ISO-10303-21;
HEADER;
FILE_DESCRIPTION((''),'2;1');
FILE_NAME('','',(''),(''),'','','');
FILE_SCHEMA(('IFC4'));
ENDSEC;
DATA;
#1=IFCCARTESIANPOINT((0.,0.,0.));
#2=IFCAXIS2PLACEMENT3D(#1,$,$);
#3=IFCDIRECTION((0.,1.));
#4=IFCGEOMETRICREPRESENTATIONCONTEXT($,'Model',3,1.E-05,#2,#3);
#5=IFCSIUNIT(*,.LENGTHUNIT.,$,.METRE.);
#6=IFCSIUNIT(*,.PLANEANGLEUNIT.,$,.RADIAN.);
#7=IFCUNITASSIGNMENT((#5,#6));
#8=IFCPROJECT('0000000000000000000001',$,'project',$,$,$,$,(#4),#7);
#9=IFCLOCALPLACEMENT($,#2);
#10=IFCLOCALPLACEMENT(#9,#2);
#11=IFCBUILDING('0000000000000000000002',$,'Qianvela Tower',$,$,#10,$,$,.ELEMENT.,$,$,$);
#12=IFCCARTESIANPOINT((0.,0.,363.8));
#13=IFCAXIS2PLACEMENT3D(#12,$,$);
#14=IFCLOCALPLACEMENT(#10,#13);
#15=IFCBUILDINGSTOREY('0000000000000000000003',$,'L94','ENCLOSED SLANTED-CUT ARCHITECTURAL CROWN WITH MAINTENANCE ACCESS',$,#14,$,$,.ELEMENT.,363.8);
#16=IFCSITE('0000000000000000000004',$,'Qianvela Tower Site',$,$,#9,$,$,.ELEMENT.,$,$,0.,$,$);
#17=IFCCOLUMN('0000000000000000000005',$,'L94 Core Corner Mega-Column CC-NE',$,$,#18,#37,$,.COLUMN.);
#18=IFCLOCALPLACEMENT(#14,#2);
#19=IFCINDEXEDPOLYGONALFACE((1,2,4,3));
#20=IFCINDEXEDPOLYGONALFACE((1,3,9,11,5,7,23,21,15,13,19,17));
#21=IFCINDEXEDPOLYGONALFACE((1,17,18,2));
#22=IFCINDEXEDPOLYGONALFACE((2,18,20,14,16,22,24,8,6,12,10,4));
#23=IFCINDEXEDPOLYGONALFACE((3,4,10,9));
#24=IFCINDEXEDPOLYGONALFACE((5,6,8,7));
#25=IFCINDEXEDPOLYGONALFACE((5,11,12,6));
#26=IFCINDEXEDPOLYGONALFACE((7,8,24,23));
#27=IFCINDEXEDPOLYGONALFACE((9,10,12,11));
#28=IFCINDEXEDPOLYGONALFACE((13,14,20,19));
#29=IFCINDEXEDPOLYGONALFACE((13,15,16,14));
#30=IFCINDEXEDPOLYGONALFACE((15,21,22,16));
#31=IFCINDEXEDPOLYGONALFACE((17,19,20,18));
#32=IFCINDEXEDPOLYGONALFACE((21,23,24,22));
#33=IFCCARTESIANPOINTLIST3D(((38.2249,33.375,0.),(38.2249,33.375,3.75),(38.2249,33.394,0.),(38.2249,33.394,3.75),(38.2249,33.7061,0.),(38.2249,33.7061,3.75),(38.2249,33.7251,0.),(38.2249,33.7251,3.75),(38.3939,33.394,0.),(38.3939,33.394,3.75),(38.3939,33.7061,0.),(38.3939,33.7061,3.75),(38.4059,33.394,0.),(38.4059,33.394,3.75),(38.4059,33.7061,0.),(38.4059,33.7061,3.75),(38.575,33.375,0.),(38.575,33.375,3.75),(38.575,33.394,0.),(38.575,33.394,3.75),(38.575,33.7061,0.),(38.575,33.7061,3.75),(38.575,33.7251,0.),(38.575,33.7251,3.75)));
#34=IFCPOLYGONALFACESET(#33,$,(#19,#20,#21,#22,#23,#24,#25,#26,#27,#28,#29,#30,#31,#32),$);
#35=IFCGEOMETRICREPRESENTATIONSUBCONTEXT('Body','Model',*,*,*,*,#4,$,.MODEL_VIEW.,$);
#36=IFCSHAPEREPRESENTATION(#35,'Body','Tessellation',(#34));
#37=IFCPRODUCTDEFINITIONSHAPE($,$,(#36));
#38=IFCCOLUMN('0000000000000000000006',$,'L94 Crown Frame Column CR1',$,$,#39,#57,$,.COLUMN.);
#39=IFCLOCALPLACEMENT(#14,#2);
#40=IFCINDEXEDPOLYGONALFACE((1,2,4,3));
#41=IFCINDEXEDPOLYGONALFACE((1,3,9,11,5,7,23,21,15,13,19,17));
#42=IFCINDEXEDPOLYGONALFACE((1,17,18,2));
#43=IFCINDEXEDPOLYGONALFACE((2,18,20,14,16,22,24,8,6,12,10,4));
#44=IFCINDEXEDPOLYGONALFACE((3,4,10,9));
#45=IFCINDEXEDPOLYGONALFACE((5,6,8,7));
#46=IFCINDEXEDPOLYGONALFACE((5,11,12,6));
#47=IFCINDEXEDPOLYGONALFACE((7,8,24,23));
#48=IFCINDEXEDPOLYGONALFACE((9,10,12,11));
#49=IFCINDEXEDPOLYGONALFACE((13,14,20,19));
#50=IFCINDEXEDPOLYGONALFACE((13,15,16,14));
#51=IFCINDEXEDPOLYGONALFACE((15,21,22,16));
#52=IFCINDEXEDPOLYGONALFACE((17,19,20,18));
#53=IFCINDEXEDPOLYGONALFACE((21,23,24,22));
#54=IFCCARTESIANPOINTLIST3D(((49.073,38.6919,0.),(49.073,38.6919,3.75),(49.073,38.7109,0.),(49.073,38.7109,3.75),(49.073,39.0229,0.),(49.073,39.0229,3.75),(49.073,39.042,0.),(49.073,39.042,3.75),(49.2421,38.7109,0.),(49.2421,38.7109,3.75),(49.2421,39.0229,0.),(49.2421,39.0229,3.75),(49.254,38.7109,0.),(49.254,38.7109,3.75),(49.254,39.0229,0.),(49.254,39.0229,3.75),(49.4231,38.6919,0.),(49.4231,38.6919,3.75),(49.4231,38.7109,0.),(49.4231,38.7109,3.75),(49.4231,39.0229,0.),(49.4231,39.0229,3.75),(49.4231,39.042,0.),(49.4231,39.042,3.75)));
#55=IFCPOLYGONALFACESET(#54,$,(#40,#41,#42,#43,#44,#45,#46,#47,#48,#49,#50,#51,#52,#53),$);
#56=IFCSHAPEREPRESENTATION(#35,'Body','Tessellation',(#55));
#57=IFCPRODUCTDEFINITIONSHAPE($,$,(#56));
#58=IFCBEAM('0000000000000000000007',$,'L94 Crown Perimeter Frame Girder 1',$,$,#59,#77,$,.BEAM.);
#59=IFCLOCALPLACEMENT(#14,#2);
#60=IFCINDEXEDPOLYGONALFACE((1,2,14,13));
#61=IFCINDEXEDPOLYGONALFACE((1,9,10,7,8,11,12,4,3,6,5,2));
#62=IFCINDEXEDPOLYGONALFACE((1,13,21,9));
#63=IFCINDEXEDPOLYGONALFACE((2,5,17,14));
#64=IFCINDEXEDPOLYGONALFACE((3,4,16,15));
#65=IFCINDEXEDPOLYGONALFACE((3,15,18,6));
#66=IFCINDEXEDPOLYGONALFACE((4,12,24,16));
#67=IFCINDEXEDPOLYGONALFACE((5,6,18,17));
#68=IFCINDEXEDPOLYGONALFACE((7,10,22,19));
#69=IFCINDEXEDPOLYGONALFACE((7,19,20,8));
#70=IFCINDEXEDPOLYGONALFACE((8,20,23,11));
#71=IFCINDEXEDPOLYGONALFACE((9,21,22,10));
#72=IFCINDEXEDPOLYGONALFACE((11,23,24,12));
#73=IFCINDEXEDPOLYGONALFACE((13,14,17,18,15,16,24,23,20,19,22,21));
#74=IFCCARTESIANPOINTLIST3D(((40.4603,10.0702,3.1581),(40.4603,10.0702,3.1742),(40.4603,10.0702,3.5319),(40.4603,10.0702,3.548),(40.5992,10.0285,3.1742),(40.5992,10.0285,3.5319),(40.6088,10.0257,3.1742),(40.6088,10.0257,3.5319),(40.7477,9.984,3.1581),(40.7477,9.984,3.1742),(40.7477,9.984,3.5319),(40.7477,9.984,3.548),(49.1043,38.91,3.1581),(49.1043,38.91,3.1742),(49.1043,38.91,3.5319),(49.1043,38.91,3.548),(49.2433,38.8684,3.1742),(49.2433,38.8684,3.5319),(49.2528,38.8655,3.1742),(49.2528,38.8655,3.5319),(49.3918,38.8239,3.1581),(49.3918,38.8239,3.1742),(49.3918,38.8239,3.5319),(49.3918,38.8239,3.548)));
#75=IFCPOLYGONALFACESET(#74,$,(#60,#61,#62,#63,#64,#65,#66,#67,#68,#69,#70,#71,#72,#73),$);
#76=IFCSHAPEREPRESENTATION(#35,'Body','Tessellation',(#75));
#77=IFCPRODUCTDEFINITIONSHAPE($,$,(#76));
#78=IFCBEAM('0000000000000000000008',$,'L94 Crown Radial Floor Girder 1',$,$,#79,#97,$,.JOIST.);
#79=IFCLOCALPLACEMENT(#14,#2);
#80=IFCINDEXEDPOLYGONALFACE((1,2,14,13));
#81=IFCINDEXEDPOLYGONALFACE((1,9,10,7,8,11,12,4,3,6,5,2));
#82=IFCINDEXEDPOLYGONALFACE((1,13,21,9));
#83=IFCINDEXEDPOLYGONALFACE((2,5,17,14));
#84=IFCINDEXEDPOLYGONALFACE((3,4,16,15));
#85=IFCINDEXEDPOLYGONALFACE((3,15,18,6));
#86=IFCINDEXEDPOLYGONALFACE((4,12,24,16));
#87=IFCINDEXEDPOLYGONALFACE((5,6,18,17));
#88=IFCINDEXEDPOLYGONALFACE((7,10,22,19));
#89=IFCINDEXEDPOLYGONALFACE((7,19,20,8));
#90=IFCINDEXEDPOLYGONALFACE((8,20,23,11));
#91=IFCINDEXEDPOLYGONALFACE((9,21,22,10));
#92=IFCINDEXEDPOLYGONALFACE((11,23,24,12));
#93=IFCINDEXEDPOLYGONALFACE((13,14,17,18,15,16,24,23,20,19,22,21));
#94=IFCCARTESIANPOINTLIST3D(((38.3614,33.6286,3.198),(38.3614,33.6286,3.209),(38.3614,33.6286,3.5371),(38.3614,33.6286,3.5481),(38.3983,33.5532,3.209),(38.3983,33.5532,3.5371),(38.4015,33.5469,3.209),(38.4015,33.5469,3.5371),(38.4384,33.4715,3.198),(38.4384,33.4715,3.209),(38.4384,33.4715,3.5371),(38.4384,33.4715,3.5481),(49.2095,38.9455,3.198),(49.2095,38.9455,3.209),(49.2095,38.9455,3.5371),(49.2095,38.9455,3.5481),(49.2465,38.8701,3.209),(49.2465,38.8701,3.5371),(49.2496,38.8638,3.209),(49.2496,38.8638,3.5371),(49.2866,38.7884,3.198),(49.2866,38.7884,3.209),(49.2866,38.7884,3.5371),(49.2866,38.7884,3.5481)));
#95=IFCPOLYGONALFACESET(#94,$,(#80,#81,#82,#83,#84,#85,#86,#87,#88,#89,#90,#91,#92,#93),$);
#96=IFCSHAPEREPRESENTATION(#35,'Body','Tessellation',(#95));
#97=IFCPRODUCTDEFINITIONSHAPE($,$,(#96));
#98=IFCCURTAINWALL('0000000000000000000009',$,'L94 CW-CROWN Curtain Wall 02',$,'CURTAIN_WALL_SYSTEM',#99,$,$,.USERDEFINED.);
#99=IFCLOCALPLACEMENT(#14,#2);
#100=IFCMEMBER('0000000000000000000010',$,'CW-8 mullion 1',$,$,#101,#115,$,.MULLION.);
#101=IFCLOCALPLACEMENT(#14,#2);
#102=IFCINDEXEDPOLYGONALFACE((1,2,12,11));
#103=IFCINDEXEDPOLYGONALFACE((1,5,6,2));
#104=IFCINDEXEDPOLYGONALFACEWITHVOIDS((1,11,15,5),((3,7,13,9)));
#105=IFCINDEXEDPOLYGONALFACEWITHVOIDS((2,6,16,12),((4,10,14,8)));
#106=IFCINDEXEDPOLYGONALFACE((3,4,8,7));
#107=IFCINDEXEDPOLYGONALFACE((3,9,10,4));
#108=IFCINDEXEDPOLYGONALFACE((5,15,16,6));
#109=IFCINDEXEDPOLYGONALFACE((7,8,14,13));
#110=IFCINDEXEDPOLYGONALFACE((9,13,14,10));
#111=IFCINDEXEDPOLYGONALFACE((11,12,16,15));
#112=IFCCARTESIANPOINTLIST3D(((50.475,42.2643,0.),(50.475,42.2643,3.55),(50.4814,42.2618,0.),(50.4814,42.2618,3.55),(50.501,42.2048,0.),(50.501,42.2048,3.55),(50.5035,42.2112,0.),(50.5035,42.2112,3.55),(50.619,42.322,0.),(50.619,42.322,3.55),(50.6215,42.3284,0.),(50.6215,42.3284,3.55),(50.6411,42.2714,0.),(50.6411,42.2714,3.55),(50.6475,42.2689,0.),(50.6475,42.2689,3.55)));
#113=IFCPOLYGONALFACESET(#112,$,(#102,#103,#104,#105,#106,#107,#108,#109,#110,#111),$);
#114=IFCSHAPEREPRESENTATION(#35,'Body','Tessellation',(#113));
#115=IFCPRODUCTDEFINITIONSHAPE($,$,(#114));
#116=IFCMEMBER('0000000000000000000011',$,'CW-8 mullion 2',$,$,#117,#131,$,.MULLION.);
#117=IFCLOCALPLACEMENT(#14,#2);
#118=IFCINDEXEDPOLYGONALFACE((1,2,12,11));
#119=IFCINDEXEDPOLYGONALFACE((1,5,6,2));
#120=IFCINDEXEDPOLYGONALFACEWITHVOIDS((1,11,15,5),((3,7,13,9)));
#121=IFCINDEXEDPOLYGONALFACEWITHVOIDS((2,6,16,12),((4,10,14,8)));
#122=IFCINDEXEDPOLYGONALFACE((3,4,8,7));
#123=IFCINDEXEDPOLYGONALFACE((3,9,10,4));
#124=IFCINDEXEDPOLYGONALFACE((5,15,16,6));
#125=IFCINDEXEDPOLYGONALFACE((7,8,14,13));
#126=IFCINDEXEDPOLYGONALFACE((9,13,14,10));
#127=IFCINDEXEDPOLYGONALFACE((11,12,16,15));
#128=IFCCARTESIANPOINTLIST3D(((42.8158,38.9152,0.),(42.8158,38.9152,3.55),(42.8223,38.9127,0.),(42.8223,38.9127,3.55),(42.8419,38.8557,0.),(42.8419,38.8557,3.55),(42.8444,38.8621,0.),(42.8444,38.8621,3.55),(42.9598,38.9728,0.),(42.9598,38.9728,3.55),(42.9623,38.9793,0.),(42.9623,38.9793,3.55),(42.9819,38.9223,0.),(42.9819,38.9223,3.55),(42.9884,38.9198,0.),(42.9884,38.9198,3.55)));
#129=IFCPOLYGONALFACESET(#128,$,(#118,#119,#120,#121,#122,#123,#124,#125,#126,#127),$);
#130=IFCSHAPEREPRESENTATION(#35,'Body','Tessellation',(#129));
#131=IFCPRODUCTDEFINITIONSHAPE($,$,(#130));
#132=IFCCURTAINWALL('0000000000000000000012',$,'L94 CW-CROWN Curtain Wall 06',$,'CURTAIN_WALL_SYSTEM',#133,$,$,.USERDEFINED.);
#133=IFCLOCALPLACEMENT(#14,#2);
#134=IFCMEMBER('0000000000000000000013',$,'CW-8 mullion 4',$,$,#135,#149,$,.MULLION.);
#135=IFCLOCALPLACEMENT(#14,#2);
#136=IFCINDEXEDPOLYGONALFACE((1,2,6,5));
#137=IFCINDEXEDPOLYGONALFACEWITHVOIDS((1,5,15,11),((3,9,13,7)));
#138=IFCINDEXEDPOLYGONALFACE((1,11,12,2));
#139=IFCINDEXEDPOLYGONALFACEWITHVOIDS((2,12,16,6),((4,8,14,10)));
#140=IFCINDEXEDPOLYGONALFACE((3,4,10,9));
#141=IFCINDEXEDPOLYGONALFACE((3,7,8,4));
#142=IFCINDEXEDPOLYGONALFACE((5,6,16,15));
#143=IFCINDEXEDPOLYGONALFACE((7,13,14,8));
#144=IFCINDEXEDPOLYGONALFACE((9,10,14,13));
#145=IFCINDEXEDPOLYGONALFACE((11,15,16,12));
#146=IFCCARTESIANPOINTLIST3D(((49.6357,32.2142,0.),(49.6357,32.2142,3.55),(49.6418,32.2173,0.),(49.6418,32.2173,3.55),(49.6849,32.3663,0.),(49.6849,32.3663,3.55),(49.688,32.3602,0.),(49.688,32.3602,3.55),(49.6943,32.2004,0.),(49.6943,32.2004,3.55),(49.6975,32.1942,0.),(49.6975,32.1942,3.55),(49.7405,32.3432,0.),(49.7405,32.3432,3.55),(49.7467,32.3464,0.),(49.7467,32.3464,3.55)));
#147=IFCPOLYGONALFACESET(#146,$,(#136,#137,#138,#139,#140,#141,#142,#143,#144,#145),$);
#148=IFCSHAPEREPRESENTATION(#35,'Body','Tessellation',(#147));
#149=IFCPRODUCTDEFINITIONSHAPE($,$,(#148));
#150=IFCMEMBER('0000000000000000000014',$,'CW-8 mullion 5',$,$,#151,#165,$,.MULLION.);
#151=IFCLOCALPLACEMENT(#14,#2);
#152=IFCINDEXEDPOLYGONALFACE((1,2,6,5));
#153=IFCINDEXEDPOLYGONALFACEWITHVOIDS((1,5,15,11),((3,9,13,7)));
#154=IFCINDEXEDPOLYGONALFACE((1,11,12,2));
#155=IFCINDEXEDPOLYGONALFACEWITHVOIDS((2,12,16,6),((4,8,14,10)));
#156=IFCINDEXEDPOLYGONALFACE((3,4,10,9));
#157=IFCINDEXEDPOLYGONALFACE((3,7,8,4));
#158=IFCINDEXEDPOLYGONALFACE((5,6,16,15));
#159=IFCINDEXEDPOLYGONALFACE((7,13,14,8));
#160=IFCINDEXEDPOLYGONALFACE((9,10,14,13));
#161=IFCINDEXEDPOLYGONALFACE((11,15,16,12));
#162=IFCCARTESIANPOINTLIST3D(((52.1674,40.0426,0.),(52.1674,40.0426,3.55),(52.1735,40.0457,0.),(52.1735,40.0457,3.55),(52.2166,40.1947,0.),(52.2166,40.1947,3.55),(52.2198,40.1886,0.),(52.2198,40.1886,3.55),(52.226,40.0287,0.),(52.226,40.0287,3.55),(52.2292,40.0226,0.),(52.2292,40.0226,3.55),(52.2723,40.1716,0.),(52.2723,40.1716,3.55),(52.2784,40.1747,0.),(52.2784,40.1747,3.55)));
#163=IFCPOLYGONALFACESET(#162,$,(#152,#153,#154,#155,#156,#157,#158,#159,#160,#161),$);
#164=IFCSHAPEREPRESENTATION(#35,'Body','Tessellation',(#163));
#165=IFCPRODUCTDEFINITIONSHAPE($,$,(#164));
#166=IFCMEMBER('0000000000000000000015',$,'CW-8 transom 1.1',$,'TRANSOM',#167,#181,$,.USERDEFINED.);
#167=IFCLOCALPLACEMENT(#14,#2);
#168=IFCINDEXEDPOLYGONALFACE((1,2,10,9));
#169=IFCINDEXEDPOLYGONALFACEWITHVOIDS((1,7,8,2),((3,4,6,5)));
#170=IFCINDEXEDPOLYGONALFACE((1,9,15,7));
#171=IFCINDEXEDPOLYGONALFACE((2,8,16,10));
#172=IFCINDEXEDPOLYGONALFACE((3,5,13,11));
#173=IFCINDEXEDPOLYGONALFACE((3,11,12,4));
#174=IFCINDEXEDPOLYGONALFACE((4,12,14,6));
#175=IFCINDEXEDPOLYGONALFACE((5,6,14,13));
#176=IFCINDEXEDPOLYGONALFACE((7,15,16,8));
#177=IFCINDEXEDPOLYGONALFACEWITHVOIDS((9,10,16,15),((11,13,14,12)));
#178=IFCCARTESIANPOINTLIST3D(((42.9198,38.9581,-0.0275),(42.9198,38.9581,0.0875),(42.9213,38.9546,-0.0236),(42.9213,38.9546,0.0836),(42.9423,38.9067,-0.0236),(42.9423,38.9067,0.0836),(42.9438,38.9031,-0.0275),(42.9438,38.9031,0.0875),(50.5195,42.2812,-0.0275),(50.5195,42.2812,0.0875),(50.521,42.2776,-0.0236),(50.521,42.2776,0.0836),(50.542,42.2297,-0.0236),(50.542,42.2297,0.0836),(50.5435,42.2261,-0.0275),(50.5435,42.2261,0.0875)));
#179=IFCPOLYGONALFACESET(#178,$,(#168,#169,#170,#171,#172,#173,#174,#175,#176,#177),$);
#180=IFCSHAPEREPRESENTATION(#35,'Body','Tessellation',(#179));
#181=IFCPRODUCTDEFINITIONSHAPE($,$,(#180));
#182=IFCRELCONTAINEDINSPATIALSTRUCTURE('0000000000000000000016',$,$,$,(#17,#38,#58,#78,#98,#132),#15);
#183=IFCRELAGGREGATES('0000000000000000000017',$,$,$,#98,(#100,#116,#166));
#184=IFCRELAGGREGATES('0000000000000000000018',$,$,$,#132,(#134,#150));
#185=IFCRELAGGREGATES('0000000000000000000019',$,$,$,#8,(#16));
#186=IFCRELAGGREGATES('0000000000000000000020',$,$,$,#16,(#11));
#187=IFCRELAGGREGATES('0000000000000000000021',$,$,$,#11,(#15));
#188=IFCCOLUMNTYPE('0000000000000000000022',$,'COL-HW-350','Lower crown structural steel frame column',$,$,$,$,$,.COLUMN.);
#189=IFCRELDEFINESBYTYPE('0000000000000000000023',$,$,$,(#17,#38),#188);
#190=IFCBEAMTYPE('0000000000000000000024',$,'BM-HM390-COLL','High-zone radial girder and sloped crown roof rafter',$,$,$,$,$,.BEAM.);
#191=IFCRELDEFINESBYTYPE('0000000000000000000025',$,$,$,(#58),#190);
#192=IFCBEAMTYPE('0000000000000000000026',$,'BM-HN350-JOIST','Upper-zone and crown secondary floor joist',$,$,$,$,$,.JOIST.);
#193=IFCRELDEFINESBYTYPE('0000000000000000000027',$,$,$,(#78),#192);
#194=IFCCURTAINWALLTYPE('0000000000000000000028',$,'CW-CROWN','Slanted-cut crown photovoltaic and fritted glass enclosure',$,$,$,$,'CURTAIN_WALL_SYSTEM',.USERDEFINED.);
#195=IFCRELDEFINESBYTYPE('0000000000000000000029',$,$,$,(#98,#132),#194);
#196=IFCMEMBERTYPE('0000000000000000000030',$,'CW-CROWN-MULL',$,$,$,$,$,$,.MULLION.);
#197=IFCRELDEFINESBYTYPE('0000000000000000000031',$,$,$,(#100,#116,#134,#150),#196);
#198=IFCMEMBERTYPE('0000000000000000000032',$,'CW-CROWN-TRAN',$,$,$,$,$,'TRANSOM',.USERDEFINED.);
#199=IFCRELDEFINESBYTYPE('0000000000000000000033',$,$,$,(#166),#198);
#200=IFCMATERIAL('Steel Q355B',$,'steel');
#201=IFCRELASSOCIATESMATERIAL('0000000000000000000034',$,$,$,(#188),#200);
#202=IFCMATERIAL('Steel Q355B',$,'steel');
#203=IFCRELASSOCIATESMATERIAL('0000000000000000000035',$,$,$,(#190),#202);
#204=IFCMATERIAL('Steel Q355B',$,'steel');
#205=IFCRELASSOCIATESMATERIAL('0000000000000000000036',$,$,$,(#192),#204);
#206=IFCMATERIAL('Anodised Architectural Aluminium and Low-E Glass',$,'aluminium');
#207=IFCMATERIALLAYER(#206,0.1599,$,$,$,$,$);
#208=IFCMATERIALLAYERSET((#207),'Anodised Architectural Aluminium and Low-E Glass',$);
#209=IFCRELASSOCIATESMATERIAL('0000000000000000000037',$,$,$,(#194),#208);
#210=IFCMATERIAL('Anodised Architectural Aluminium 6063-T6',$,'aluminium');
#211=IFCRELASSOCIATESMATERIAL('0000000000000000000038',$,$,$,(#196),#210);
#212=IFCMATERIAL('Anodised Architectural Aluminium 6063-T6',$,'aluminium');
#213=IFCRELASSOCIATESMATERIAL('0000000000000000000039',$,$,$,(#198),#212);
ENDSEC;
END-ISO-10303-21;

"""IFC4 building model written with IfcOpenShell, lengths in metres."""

from ifc_helpers import new_model, si_unit, direction, frame, origin, origin_2d, place, context, subcontext, project, spatial, hollow_rectangle, i_section, extrude, material, layer, layer_set, material_profile, profile_set, type_object, element, aggregate, save


model = new_model("IFC4")

# Units and contexts
model_context = context("Model", 3, precision=1e-05, world=origin(), true_north=direction((0.0, 1.0)))
body_context = subcontext(model_context, "Body", "Model", "MODEL_VIEW")
ifc_project = project(units=[si_unit("LENGTHUNIT", "METRE"), si_unit("PLANEANGLEUNIT", "RADIAN")], contexts=[model_context])

# Site, building, storey
site_placement = place(None, origin())
site = spatial("IfcSite", under=ifc_project, at=site_placement, Name="Qianvela Tower Site", CompositionType="ELEMENT", RefElevation=0.0)
building_placement = place(site_placement, origin())
building = spatial("IfcBuilding", under=site, at=building_placement, Name="Qianvela Tower", CompositionType="ELEMENT")
storey_placement = place(building_placement, frame((0.0, 0.0, 363.8)))
storey = spatial("IfcBuildingStorey", under=building, at=storey_placement, Name="L94", Description="ENCLOSED SLANTED-CUT ARCHITECTURAL CROWN WITH MAINTENANCE ACCESS", CompositionType="ELEMENT", Elevation=363.8)

# Columns
ifc_material_1 = material(Name="Steel Q355B", Category="steel")
ifc_material_profile_1 = material_profile(ifc_material_1, i_section(OverallWidth=0.3501, OverallDepth=0.3501, WebThickness=0.012, FlangeThickness=0.019, at=origin_2d()), Name="HW350x350x12x19")
ifc_profile_set_1 = profile_set([ifc_material_profile_1], Name="Steel Q355B")
column_type = type_object("IfcColumnType", Name="COL-HW-350", Description="Lower crown structural steel frame column", PredefinedType="COLUMN", material=ifc_profile_set_1)
for number, where, z_axis, x_axis, name in (
    (1, (38.3999, 33.55, 0.0), (0.0, 0.0, 1.0), (1.0, 0.0, 0.0), "L94 Core Corner Mega-Column CC-NE"),
    (2, (49.248, 38.8669, 0.0), (0.0, 0.0, 1.0), (1.0, 0.0, 0.0), "L94 Crown Frame Column CR1"),
):
    element("IfcColumn", number, at=place(storey_placement, frame(where, z_axis=z_axis, x_axis=x_axis)), inside=storey, type_object=column_type, Name=name, PredefinedType="COLUMN", context=body_context, shape_type="SweptSolid", body=[
        extrude(i_section(OverallWidth=0.3501, OverallDepth=0.3501, WebThickness=0.012, FlangeThickness=0.019, at=origin_2d()), origin(), (0.0, 0.0, 1.0), 3.75),
    ])

# Beams
ifc_material_2 = material(Name="Steel Q355B", Category="steel")
ifc_material_profile_2 = material_profile(ifc_material_2, i_section(OverallWidth=0.3, OverallDepth=0.3899, WebThickness=0.01, FlangeThickness=0.0161, at=origin_2d()), Name="HM390x300x10x16")
ifc_profile_set_2 = profile_set([ifc_material_profile_2], Name="Steel Q355B")
beam_type_1 = type_object("IfcBeamType", Name="BM-HM390-COLL", Description="High-zone radial girder and sloped crown roof rafter", PredefinedType="BEAM", material=ifc_profile_set_2)
beam_1_placement = place(storey_placement, frame((49.248, 38.8669, 3.353), z_axis=(-0.287107, -0.957899, 0.0), x_axis=(0.957899, -0.287107, 0.0)))
element("IfcBeam", 3, at=beam_1_placement, inside=storey, type_object=beam_type_1, Name="L94 Crown Perimeter Frame Girder 1", PredefinedType="BEAM", context=body_context, shape_type="SweptSolid", body=[
    extrude(i_section(OverallWidth=0.3, OverallDepth=0.3899, WebThickness=0.01, FlangeThickness=0.0161, at=origin_2d()), origin(), (0.0, 0.0, 1.0), 30.1074),
])
ifc_material_3 = material(Name="Steel Q355B", Category="steel")
ifc_material_profile_3 = material_profile(ifc_material_3, i_section(OverallWidth=0.175, OverallDepth=0.3501, WebThickness=0.0071, FlangeThickness=0.011, at=origin_2d()), Name="HN350x175x7x11")
ifc_profile_set_3 = profile_set([ifc_material_profile_3], Name="Steel Q355B")
beam_type_2 = type_object("IfcBeamType", Name="BM-HN350-JOIST", Description="Upper-zone and crown secondary floor joist", PredefinedType="JOIST", material=ifc_profile_set_3)
beam_2_placement = place(storey_placement, frame((38.3999, 33.55, 3.373), z_axis=(0.897948, 0.440102, 0.0), x_axis=(-0.440102, 0.897948, 0.0)))
element("IfcBeam", 4, at=beam_2_placement, inside=storey, type_object=beam_type_2, Name="L94 Crown Radial Floor Girder 1", PredefinedType="JOIST", context=body_context, shape_type="SweptSolid", body=[
    extrude(i_section(OverallWidth=0.175, OverallDepth=0.3501, WebThickness=0.0071, FlangeThickness=0.011, at=origin_2d()), origin(), (0.0, 0.0, 1.0), 12.0811),
])

# Curtain walls, members
ifc_material_4 = material(Name="Anodised Architectural Aluminium and Low-E Glass", Category="aluminium")
ifc_layer_1 = layer(ifc_material_4, 0.1599)
ifc_layer_set_1 = layer_set([ifc_layer_1], Name="Anodised Architectural Aluminium and Low-E Glass")
curtain_wall_type = type_object("IfcCurtainWallType", Name="CW-CROWN", Description="Slanted-cut crown photovoltaic and fritted glass enclosure", ElementType="CURTAIN_WALL_SYSTEM", PredefinedType="USERDEFINED", material=ifc_layer_set_1)
curtain_wall_1_placement = place(storey_placement, origin())
curtain_wall_1 = element("IfcCurtainWall", 5, at=curtain_wall_1_placement, inside=storey, type_object=curtain_wall_type, Name="L94 CW-CROWN Curtain Wall 02", ObjectType="CURTAIN_WALL_SYSTEM", PredefinedType="USERDEFINED")
ifc_material_5 = material(Name="Anodised Architectural Aluminium 6063-T6", Category="aluminium")
ifc_material_profile_4 = material_profile(ifc_material_5, hollow_rectangle(XDim=0.0649, YDim=0.1599, WallThickness=0.0049, at=origin_2d()), Name="ALU-MULL-65x160")
ifc_profile_set_4 = profile_set([ifc_material_profile_4], Name="Anodised Architectural Aluminium 6063-T6")
member_type_1 = type_object("IfcMemberType", Name="CW-CROWN-MULL", PredefinedType="MULLION", material=ifc_profile_set_4)
member_1_placement = place(storey_placement, frame((50.5613, 42.2666, 0.0), z_axis=(0.0, 0.0, 1.0), x_axis=(0.400642, -0.916235, 0.0)))
member_1 = element("IfcMember", 6, at=member_1_placement, type_object=member_type_1, Name="CW-8 mullion 1", PredefinedType="MULLION", context=body_context, shape_type="SweptSolid", body=[
    extrude(hollow_rectangle(XDim=0.0649, YDim=0.1599, WallThickness=0.0049, at=origin_2d()), origin(), (0.0, 0.0, 1.0), 3.55),
])
member_2_placement = place(storey_placement, frame((42.9021, 38.9175, 0.0), z_axis=(0.0, 0.0, 1.0), x_axis=(0.400642, -0.916235, 0.0)))
member_2 = element("IfcMember", 7, at=member_2_placement, type_object=member_type_1, Name="CW-8 mullion 2", PredefinedType="MULLION", context=body_context, shape_type="SweptSolid", body=[
    extrude(hollow_rectangle(XDim=0.0649, YDim=0.1599, WallThickness=0.0049, at=origin_2d()), origin(), (0.0, 0.0, 1.0), 3.55),
])
curtain_wall_2_placement = place(storey_placement, origin())
curtain_wall_2 = element("IfcCurtainWall", 8, at=curtain_wall_2_placement, inside=storey, type_object=curtain_wall_type, Name="L94 CW-CROWN Curtain Wall 06", ObjectType="CURTAIN_WALL_SYSTEM", PredefinedType="USERDEFINED")
member_3_placement = place(storey_placement, frame((49.6912, 32.2803, 0.0), z_axis=(0.0, 0.0, 1.0), x_axis=(-0.951478, 0.307717, 0.0)))
member_3 = element("IfcMember", 9, at=member_3_placement, type_object=member_type_1, Name="CW-8 mullion 4", PredefinedType="MULLION", context=body_context, shape_type="SweptSolid", body=[
    extrude(hollow_rectangle(XDim=0.0649, YDim=0.1599, WallThickness=0.0049, at=origin_2d()), origin(), (0.0, 0.0, 1.0), 3.55),
])
member_4_placement = place(storey_placement, frame((52.2229, 40.1086, 0.0), z_axis=(0.0, 0.0, 1.0), x_axis=(-0.951478, 0.307717, 0.0)))
member_4 = element("IfcMember", 10, at=member_4_placement, type_object=member_type_1, Name="CW-8 mullion 5", PredefinedType="MULLION", context=body_context, shape_type="SweptSolid", body=[
    extrude(hollow_rectangle(XDim=0.0649, YDim=0.1599, WallThickness=0.0049, at=origin_2d()), origin(), (0.0, 0.0, 1.0), 3.55),
])

# Member
ifc_material_6 = material(Name="Anodised Architectural Aluminium 6063-T6", Category="aluminium")
ifc_material_profile_5 = material_profile(ifc_material_6, hollow_rectangle(XDim=0.0601, YDim=0.115, WallThickness=0.0039, at=origin_2d()), Name="ALU-TRAN-60x115")
ifc_profile_set_5 = profile_set([ifc_material_profile_5], Name="Anodised Architectural Aluminium 6063-T6")
member_type_2 = type_object("IfcMemberType", Name="CW-CROWN-TRAN", ElementType="TRANSOM", PredefinedType="USERDEFINED", material=ifc_profile_set_5)
member_5_placement = place(storey_placement, frame((50.5315, 42.2537, 0.03), z_axis=(-0.916238, -0.400634, 0.0), x_axis=(0.400634, -0.916238, 0.0)))
member_5 = element("IfcMember", 11, at=member_5_placement, type_object=member_type_2, Name="CW-8 transom 1.1", ObjectType="TRANSOM", PredefinedType="USERDEFINED", context=body_context, shape_type="SweptSolid", body=[
    extrude(hollow_rectangle(XDim=0.0601, YDim=0.115, WallThickness=0.0039, at=origin_2d()), origin(), (0.0, 0.0, 1.0), 8.2944),
])

aggregate(curtain_wall_1, [member_1, member_2, member_5])
aggregate(curtain_wall_2, [member_3, member_4])

save(model, "model.ifc")
